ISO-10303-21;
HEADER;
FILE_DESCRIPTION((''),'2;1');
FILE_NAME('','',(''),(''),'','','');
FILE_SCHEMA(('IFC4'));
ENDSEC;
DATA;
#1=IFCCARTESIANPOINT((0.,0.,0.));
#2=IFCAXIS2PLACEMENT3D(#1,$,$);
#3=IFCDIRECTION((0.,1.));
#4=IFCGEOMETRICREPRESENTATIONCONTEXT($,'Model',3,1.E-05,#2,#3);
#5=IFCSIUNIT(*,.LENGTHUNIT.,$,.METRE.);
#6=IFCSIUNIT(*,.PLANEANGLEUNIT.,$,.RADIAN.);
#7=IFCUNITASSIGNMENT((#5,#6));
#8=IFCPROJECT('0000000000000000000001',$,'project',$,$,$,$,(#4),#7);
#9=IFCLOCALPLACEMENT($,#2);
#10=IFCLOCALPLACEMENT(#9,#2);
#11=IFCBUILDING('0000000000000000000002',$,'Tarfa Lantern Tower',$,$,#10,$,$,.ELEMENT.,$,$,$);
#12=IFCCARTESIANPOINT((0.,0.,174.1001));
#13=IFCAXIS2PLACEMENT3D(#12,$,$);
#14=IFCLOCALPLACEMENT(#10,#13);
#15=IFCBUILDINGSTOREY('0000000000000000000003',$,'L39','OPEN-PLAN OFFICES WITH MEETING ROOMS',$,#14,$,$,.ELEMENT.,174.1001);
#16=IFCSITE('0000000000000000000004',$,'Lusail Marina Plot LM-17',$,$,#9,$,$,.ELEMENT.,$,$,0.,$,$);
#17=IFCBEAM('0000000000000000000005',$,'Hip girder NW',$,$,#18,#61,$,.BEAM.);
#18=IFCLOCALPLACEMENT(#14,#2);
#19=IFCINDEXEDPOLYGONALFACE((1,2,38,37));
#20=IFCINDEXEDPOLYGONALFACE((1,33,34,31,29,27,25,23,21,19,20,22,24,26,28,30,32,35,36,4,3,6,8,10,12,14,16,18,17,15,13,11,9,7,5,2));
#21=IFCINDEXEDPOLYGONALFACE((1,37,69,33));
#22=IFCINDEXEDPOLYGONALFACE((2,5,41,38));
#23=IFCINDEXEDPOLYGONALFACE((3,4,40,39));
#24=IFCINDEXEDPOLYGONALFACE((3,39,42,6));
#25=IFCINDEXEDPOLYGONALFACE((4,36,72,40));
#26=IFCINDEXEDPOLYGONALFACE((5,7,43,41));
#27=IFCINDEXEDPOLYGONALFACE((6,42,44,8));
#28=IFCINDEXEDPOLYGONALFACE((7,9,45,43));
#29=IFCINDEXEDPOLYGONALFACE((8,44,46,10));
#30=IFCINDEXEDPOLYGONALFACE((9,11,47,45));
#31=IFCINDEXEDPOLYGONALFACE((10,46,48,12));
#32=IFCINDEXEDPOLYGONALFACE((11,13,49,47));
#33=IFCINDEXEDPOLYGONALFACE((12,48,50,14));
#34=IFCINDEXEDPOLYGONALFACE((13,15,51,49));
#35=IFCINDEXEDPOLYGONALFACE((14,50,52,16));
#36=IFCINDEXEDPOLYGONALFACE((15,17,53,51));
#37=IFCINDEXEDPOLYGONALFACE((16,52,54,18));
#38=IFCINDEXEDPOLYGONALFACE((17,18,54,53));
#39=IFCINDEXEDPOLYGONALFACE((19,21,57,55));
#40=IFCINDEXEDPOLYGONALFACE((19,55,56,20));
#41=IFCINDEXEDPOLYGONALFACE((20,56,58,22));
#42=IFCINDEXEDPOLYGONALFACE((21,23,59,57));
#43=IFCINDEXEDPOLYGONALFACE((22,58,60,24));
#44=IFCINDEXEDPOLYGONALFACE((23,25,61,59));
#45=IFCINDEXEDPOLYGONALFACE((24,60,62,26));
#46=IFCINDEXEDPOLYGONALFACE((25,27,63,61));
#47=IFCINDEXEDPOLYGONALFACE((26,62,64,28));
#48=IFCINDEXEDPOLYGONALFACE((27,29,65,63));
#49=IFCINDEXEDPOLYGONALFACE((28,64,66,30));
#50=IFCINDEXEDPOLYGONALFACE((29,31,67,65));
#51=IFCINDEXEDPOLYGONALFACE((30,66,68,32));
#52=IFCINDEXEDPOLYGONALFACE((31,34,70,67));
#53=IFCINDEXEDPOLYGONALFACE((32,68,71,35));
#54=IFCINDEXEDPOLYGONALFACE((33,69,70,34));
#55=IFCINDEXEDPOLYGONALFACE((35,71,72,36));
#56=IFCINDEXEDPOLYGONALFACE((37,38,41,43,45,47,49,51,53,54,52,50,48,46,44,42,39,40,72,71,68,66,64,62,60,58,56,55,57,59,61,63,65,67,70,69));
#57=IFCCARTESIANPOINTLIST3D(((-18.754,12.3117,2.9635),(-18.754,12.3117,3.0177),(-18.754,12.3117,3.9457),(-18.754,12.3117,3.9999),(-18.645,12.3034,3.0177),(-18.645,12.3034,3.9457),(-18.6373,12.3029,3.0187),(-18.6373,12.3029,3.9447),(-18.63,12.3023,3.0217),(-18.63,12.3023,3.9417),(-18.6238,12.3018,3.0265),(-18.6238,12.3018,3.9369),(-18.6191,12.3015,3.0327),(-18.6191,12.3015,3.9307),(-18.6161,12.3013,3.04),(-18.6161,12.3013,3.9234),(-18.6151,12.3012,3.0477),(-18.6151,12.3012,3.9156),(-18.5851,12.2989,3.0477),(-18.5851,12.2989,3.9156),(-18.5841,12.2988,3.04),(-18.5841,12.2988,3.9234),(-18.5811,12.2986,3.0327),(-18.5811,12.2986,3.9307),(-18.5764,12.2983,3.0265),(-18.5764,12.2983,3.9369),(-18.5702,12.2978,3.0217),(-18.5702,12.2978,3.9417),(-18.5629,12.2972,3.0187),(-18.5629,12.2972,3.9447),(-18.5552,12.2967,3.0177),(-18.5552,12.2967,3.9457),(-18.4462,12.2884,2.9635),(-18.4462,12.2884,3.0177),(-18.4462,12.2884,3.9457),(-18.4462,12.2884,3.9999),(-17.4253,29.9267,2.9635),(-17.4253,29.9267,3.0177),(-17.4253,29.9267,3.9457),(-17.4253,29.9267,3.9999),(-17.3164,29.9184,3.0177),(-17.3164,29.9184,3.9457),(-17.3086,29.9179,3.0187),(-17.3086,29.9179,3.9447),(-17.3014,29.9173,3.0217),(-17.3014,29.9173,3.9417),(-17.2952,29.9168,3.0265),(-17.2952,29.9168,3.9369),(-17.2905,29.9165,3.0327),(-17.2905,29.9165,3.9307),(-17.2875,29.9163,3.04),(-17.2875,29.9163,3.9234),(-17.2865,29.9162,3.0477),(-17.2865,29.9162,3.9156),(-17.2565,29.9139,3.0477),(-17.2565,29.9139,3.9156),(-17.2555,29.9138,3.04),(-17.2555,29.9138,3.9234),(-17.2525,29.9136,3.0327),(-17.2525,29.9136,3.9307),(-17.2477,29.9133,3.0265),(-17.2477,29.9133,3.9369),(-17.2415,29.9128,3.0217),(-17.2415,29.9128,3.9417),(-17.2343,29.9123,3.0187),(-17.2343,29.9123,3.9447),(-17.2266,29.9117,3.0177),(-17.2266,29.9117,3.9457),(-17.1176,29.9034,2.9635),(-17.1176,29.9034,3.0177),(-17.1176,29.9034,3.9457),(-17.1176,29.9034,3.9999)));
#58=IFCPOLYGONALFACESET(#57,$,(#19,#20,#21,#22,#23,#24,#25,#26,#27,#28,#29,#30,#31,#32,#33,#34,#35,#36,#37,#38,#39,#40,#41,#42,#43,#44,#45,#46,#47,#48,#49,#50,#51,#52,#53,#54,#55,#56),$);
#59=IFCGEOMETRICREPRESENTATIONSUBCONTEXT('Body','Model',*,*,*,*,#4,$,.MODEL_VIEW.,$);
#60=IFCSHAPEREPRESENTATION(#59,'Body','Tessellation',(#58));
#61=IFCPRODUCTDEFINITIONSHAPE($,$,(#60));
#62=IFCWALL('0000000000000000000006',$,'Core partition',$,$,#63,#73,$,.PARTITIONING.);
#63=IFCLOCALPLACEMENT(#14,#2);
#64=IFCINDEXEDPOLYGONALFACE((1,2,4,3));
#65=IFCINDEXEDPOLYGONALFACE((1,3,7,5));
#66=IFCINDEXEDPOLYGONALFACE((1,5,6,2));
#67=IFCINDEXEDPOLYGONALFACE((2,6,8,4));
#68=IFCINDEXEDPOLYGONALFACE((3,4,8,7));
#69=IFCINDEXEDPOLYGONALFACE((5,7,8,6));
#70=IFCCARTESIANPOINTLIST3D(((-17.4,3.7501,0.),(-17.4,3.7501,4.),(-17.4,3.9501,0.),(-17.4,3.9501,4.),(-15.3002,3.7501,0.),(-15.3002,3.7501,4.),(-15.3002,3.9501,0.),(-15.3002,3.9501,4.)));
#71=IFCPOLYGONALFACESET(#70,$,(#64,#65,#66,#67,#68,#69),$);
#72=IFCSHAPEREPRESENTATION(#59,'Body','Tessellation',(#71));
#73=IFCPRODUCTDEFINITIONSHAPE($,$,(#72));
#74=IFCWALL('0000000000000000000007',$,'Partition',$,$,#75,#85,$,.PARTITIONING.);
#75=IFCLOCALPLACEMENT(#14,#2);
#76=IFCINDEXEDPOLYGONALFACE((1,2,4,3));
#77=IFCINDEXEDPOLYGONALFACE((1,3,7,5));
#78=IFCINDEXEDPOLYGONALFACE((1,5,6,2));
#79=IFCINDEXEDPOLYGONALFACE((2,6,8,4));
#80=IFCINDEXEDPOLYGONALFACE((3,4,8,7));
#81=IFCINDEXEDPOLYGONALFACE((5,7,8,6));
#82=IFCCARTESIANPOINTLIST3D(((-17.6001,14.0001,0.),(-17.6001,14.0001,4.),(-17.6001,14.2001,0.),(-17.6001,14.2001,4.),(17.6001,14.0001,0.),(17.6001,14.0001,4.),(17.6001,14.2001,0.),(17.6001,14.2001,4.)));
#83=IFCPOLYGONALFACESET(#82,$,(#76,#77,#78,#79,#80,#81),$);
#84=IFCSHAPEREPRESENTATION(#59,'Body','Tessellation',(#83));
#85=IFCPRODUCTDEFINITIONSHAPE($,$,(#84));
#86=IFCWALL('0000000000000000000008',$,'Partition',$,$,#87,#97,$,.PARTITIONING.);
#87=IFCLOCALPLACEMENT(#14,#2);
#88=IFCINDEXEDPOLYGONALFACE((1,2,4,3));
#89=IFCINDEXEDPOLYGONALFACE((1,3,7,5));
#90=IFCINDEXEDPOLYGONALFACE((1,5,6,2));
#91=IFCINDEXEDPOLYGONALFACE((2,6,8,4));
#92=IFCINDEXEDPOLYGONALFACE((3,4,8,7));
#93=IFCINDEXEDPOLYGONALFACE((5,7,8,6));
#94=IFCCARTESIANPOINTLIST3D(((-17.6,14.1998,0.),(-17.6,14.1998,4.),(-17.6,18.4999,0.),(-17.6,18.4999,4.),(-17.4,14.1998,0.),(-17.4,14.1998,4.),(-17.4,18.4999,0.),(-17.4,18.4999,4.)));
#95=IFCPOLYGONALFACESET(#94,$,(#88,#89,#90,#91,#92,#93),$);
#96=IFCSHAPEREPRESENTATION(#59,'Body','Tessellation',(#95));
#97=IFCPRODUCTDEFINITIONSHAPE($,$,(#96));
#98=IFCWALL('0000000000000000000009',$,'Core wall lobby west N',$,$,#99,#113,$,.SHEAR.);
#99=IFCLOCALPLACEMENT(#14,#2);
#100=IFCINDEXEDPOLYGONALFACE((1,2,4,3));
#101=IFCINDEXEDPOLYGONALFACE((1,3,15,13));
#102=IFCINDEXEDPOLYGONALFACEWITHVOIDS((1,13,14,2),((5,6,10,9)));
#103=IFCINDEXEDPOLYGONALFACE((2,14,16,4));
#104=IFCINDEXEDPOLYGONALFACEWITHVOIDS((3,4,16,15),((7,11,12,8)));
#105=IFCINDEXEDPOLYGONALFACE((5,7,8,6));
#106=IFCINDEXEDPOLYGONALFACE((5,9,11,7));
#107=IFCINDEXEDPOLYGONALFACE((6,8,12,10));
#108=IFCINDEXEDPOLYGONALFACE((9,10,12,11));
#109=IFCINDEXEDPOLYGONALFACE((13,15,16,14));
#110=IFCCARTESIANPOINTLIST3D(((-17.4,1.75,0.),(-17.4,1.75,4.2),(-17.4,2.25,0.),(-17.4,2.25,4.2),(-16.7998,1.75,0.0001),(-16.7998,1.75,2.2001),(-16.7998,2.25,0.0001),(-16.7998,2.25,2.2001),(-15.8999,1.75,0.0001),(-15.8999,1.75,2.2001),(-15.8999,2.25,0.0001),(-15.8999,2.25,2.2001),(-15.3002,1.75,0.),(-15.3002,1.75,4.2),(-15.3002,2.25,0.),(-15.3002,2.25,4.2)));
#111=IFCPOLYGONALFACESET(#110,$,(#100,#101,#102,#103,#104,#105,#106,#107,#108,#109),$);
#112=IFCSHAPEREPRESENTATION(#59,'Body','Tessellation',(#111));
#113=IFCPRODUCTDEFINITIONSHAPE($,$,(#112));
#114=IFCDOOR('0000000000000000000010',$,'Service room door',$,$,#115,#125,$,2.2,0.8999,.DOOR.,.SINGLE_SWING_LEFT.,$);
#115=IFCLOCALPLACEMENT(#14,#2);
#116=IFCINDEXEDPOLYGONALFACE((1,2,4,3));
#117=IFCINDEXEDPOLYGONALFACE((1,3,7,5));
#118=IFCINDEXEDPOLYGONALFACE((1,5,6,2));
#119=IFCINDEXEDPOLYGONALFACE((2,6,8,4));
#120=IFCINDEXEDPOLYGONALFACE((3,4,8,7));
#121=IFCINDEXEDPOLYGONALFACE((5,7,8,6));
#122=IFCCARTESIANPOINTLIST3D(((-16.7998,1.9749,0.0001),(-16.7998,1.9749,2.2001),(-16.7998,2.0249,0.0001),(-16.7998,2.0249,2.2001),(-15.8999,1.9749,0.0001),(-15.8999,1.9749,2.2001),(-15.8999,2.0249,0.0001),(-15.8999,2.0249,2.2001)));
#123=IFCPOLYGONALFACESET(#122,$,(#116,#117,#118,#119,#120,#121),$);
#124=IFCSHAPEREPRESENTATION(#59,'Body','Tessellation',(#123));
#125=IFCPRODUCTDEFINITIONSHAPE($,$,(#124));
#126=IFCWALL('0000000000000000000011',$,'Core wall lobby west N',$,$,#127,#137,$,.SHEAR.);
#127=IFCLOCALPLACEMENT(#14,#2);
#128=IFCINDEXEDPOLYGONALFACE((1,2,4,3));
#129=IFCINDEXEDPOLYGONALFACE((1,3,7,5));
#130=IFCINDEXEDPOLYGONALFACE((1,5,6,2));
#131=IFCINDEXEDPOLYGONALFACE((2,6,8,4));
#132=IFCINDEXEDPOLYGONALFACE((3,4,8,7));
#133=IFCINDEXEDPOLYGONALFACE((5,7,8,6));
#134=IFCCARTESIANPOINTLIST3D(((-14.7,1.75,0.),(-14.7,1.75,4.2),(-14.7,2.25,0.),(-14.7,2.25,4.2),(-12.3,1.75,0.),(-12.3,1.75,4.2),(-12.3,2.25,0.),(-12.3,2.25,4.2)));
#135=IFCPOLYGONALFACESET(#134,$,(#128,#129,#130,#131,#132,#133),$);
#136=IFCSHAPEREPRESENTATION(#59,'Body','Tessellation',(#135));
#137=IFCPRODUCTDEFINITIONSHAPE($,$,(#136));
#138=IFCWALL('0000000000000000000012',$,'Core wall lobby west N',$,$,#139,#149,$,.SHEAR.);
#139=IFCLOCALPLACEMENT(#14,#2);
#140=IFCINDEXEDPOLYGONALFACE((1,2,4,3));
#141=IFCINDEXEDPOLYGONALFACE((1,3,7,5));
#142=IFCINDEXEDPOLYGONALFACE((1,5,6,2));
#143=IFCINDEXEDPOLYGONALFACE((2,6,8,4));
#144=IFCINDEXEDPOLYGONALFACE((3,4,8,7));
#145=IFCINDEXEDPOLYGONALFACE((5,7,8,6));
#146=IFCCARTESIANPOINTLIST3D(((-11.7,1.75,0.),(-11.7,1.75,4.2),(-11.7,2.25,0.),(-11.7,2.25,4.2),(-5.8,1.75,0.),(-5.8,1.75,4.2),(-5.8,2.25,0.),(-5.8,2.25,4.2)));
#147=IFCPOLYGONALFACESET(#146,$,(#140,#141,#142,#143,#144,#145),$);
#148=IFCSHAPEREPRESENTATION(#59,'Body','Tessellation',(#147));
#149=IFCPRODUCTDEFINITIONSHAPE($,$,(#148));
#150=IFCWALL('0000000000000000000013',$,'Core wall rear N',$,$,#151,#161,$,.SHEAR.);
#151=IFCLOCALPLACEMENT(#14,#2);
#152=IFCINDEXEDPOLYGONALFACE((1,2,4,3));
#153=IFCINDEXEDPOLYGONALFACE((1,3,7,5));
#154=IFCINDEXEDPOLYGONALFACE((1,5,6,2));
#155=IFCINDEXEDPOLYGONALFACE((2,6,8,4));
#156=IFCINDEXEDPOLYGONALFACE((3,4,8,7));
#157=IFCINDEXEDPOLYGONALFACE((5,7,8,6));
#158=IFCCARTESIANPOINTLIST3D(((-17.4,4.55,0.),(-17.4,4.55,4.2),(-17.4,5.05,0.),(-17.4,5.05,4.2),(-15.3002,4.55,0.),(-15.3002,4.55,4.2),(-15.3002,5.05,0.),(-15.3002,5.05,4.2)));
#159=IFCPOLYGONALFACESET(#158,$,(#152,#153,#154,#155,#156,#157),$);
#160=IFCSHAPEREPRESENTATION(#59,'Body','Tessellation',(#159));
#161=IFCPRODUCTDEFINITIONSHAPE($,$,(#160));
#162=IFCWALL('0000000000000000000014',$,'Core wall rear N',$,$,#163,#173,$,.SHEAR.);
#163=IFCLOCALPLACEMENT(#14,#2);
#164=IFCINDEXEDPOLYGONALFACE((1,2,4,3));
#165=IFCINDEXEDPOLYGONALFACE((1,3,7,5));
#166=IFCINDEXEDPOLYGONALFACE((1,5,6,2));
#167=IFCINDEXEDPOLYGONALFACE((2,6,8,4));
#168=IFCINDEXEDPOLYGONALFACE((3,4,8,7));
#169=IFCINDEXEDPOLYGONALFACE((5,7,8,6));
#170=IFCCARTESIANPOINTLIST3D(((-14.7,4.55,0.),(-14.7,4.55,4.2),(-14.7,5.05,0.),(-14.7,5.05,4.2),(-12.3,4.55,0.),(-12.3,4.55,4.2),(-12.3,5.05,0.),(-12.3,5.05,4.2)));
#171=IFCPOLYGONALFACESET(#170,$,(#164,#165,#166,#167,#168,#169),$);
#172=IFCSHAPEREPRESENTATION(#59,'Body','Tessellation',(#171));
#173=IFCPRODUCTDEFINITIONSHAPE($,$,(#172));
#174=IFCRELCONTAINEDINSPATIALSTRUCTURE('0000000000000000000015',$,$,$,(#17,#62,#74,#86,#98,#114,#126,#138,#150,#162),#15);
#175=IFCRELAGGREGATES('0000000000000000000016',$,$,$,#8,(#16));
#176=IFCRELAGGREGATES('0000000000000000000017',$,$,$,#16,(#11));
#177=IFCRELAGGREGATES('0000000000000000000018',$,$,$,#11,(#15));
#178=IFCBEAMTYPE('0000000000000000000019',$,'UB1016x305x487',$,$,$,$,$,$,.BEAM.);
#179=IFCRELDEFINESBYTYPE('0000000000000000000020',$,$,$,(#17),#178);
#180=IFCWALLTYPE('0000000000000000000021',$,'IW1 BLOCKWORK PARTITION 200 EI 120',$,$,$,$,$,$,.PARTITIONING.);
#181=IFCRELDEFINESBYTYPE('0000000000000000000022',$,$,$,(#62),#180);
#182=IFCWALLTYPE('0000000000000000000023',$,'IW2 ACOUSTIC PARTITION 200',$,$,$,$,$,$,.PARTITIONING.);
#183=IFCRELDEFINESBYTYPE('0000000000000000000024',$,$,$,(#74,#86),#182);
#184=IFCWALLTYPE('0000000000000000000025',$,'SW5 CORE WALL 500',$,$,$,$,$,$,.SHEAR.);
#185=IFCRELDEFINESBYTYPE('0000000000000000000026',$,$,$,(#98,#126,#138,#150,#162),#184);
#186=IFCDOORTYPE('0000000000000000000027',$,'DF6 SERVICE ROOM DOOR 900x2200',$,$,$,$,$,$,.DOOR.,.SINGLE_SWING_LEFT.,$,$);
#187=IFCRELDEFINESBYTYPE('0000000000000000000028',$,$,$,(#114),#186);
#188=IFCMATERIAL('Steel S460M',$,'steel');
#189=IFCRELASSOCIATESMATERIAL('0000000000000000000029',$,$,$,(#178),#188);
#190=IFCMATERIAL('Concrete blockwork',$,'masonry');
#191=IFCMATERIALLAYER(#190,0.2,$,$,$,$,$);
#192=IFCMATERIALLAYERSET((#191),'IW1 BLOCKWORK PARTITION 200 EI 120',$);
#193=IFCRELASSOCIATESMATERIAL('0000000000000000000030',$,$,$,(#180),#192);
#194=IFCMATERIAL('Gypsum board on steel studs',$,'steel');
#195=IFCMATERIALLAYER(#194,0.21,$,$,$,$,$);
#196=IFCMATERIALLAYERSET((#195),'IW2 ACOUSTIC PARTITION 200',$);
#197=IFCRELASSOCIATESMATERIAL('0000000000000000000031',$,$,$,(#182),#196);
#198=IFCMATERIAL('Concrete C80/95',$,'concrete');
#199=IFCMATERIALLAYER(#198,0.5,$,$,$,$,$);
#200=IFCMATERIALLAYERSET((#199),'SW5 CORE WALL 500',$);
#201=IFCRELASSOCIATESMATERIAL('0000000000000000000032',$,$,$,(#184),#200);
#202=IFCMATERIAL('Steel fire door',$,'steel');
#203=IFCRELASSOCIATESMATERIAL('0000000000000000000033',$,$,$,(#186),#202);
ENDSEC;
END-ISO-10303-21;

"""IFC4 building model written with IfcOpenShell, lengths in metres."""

from ifc_helpers import new_model, si_unit, direction, frame, frame_2d, origin, origin_2d, place, context, subcontext, project, spatial, rectangle, i_section, extrude, material, layer, layer_set, material_profile, profile_set, type_object, element, fill, save


model = new_model("IFC4")

# Units and contexts
model_context = context("Model", 3, precision=1e-05, world=origin(), true_north=direction((0.0, 1.0)))
body_context = subcontext(model_context, "Body", "Model", "MODEL_VIEW")
ifc_project = project(units=[si_unit("LENGTHUNIT", "METRE"), si_unit("PLANEANGLEUNIT", "RADIAN")], contexts=[model_context])

# Site, building, storey
site_placement = place(None, origin())
site = spatial("IfcSite", under=ifc_project, at=site_placement, Name="Lusail Marina Plot LM-17", CompositionType="ELEMENT", RefElevation=0.0)
building_placement = place(site_placement, origin())
building = spatial("IfcBuilding", under=site, at=building_placement, Name="Tarfa Lantern Tower", CompositionType="ELEMENT")
storey_placement = place(building_placement, frame((0.0, 0.0, 174.1001)))
storey = spatial("IfcBuildingStorey", under=building, at=storey_placement, Name="L39", Description="OPEN-PLAN OFFICES WITH MEETING ROOMS", CompositionType="ELEMENT", Elevation=174.1001)

# Beam
ifc_material_1 = material(Name="Steel S460M", Category="steel")
ifc_material_profile = material_profile(ifc_material_1, i_section(OverallWidth=0.3086, OverallDepth=1.0364, WebThickness=0.03, FlangeThickness=0.0542, FilletRadius=0.03, at=origin_2d()), Name="UB1016x305x487")
ifc_profile_set = profile_set([ifc_material_profile], Name="Steel S460M")
beam_type = type_object("IfcBeamType", Name="UB1016x305x487", PredefinedType="BEAM", material=ifc_profile_set)
beam_placement = place(storey_placement, frame((-18.6001, 12.3, 3.4817), z_axis=(0.075212, 0.997168, 0.0), x_axis=(-0.997168, 0.075212, 0.0)))
element("IfcBeam", 1, at=beam_placement, inside=storey, type_object=beam_type, Name="Hip girder NW", PredefinedType="BEAM", context=body_context, shape_type="SweptSolid", body=[
    extrude(i_section(OverallWidth=0.3086, OverallDepth=1.0364, WebThickness=0.03, FlangeThickness=0.0542, FilletRadius=0.03, at=origin_2d()), origin(), (0.0, 0.0, 1.0), 17.665),
])

# Walls
ifc_material_2 = material(Name="Concrete blockwork", Category="masonry")
ifc_layer_1 = layer(ifc_material_2, 0.2)
ifc_layer_set_1 = layer_set([ifc_layer_1], Name="IW1 BLOCKWORK PARTITION 200 EI 120")
wall_type_1 = type_object("IfcWallType", Name="IW1 BLOCKWORK PARTITION 200 EI 120", PredefinedType="PARTITIONING", material=ifc_layer_set_1)
wall_1_placement = place(storey_placement, frame((-17.3999, 3.8501, 0.0), z_axis=(0.0, 0.0, 1.0), x_axis=(1.0, 0.0, 0.0)))
element("IfcWall", 2, at=wall_1_placement, inside=storey, type_object=wall_type_1, Name="Core partition", PredefinedType="PARTITIONING", context=body_context, shape_type="SweptSolid", body=[
    extrude(rectangle(XDim=2.0999, YDim=0.2, at=frame_2d((1.0498, 0.0))), origin(), (0.0, 0.0, 1.0), 4.0),
])
ifc_material_3 = material(Name="Gypsum board on steel studs", Category="steel")
ifc_layer_2 = layer(ifc_material_3, 0.21)
ifc_layer_set_2 = layer_set([ifc_layer_2], Name="IW2 ACOUSTIC PARTITION 200")
wall_type_2 = type_object("IfcWallType", Name="IW2 ACOUSTIC PARTITION 200", PredefinedType="PARTITIONING", material=ifc_layer_set_2)
wall_2_placement = place(storey_placement, frame((-17.6001, 14.1001, 0.0), z_axis=(0.0, 0.0, 1.0), x_axis=(1.0, 0.0, 0.0)))
element("IfcWall", 3, at=wall_2_placement, inside=storey, type_object=wall_type_2, Name="Partition", PredefinedType="PARTITIONING", context=body_context, shape_type="SweptSolid", body=[
    extrude(rectangle(XDim=35.2002, YDim=0.2, at=frame_2d((17.6001, 0.0))), origin(), (0.0, 0.0, 1.0), 4.0),
])
wall_3_placement = place(storey_placement, frame((-17.5, 14.2, 0.0), z_axis=(0.0, 0.0, 1.0), x_axis=(0.0, 1.0, 0.0)))
element("IfcWall", 4, at=wall_3_placement, inside=storey, type_object=wall_type_2, Name="Partition", PredefinedType="PARTITIONING", context=body_context, shape_type="SweptSolid", body=[
    extrude(rectangle(XDim=4.3, YDim=0.2, at=frame_2d((2.1499, 0.0))), origin(), (0.0, 0.0, 1.0), 4.0),
])

# Wall, opening, door
ifc_material_4 = material(Name="Concrete C80/95", Category="concrete")
ifc_material_5 = material(Name="Steel fire door", Category="steel")
ifc_layer_3 = layer(ifc_material_4, 0.5)
ifc_layer_set_3 = layer_set([ifc_layer_3], Name="SW5 CORE WALL 500")
wall_type_3 = type_object("IfcWallType", Name="SW5 CORE WALL 500", PredefinedType="SHEAR", material=ifc_layer_set_3)
wall_4_placement = place(storey_placement, frame((-17.3999, 2.0, 0.0), z_axis=(0.0, 0.0, 1.0), x_axis=(1.0, 0.0, 0.0)))
wall_4 = element("IfcWall", 5, at=wall_4_placement, inside=storey, type_object=wall_type_3, Name="Core wall lobby west N", PredefinedType="SHEAR", context=body_context, shape_type="SweptSolid", body=[
    extrude(rectangle(XDim=2.0999, YDim=0.5, at=frame_2d((1.0498, 0.0))), origin(), (0.0, 0.0, 1.0), 4.2),
])
opening_1_placement = place(wall_4_placement, frame((0.6001, 0.0, 0.0)))
opening_1 = element("IfcOpeningElement", 6, at=opening_1_placement, cuts=wall_4, PredefinedType="OPENING", context=body_context, shape_type="SweptSolid", body=[
    extrude(rectangle(XDim=0.8999, YDim=2.2, at=frame_2d((0.45, 1.1001))), frame((0.0, 0.26, 0.0), z_axis=(0.0, -1.0, 0.0), x_axis=(1.0, 0.0, 0.0)), (0.0, 0.0, 1.0), 0.52),
])
door_type_1 = type_object("IfcDoorType", Name="DF6 SERVICE ROOM DOOR 900x2200", OperationType="SINGLE_SWING_LEFT", PredefinedType="DOOR", material=ifc_material_5)
door_1_placement = place(opening_1_placement, origin())
door_1 = element("IfcDoor", 7, at=door_1_placement, inside=storey, type_object=door_type_1, Name="Service room door", OperationType="SINGLE_SWING_LEFT", OverallHeight=2.2, OverallWidth=0.8999, PredefinedType="DOOR", context=body_context, shape_type="SweptSolid", body=[
    extrude(rectangle(XDim=0.8999, YDim=2.2, at=frame_2d((0.45, 1.1001))), frame((0.0, 0.0249, 0.0), z_axis=(0.0, -1.0, 0.0), x_axis=(1.0, 0.0, 0.0)), (0.0, 0.0, 1.0), 0.05),
])
fill(opening_1, door_1)

# Walls
wall_5_placement = place(storey_placement, frame((-14.7, 2.0, 0.0), z_axis=(0.0, 0.0, 1.0), x_axis=(1.0, 0.0, 0.0)))
element("IfcWall", 8, at=wall_5_placement, inside=storey, type_object=wall_type_3, Name="Core wall lobby west N", PredefinedType="SHEAR", context=body_context, shape_type="SweptSolid", body=[
    extrude(rectangle(XDim=2.3999, YDim=0.5, at=frame_2d((1.2, 0.0))), origin(), (0.0, 0.0, 1.0), 4.2),
])
wall_6_placement = place(storey_placement, frame((-11.7, 2.0, 0.0), z_axis=(0.0, 0.0, 1.0), x_axis=(1.0, 0.0, 0.0)))
element("IfcWall", 9, at=wall_6_placement, inside=storey, type_object=wall_type_3, Name="Core wall lobby west N", PredefinedType="SHEAR", context=body_context, shape_type="SweptSolid", body=[
    extrude(rectangle(XDim=5.8999, YDim=0.5, at=frame_2d((2.95, 0.0))), origin(), (0.0, 0.0, 1.0), 4.2),
])
wall_7_placement = place(storey_placement, frame((-17.3999, 4.8, 0.0), z_axis=(0.0, 0.0, 1.0), x_axis=(1.0, 0.0, 0.0)))
element("IfcWall", 10, at=wall_7_placement, inside=storey, type_object=wall_type_3, Name="Core wall rear N", PredefinedType="SHEAR", context=body_context, shape_type="SweptSolid", body=[
    extrude(rectangle(XDim=2.0999, YDim=0.5, at=frame_2d((1.0498, 0.0))), origin(), (0.0, 0.0, 1.0), 4.2),
])
wall_8_placement = place(storey_placement, frame((-14.7, 4.8, 0.0), z_axis=(0.0, 0.0, 1.0), x_axis=(1.0, 0.0, 0.0)))
element("IfcWall", 11, at=wall_8_placement, inside=storey, type_object=wall_type_3, Name="Core wall rear N", PredefinedType="SHEAR", context=body_context, shape_type="SweptSolid", body=[
    extrude(rectangle(XDim=2.3999, YDim=0.5, at=frame_2d((1.2, 0.0))), origin(), (0.0, 0.0, 1.0), 4.2),
])

save(model, "model.ifc")
